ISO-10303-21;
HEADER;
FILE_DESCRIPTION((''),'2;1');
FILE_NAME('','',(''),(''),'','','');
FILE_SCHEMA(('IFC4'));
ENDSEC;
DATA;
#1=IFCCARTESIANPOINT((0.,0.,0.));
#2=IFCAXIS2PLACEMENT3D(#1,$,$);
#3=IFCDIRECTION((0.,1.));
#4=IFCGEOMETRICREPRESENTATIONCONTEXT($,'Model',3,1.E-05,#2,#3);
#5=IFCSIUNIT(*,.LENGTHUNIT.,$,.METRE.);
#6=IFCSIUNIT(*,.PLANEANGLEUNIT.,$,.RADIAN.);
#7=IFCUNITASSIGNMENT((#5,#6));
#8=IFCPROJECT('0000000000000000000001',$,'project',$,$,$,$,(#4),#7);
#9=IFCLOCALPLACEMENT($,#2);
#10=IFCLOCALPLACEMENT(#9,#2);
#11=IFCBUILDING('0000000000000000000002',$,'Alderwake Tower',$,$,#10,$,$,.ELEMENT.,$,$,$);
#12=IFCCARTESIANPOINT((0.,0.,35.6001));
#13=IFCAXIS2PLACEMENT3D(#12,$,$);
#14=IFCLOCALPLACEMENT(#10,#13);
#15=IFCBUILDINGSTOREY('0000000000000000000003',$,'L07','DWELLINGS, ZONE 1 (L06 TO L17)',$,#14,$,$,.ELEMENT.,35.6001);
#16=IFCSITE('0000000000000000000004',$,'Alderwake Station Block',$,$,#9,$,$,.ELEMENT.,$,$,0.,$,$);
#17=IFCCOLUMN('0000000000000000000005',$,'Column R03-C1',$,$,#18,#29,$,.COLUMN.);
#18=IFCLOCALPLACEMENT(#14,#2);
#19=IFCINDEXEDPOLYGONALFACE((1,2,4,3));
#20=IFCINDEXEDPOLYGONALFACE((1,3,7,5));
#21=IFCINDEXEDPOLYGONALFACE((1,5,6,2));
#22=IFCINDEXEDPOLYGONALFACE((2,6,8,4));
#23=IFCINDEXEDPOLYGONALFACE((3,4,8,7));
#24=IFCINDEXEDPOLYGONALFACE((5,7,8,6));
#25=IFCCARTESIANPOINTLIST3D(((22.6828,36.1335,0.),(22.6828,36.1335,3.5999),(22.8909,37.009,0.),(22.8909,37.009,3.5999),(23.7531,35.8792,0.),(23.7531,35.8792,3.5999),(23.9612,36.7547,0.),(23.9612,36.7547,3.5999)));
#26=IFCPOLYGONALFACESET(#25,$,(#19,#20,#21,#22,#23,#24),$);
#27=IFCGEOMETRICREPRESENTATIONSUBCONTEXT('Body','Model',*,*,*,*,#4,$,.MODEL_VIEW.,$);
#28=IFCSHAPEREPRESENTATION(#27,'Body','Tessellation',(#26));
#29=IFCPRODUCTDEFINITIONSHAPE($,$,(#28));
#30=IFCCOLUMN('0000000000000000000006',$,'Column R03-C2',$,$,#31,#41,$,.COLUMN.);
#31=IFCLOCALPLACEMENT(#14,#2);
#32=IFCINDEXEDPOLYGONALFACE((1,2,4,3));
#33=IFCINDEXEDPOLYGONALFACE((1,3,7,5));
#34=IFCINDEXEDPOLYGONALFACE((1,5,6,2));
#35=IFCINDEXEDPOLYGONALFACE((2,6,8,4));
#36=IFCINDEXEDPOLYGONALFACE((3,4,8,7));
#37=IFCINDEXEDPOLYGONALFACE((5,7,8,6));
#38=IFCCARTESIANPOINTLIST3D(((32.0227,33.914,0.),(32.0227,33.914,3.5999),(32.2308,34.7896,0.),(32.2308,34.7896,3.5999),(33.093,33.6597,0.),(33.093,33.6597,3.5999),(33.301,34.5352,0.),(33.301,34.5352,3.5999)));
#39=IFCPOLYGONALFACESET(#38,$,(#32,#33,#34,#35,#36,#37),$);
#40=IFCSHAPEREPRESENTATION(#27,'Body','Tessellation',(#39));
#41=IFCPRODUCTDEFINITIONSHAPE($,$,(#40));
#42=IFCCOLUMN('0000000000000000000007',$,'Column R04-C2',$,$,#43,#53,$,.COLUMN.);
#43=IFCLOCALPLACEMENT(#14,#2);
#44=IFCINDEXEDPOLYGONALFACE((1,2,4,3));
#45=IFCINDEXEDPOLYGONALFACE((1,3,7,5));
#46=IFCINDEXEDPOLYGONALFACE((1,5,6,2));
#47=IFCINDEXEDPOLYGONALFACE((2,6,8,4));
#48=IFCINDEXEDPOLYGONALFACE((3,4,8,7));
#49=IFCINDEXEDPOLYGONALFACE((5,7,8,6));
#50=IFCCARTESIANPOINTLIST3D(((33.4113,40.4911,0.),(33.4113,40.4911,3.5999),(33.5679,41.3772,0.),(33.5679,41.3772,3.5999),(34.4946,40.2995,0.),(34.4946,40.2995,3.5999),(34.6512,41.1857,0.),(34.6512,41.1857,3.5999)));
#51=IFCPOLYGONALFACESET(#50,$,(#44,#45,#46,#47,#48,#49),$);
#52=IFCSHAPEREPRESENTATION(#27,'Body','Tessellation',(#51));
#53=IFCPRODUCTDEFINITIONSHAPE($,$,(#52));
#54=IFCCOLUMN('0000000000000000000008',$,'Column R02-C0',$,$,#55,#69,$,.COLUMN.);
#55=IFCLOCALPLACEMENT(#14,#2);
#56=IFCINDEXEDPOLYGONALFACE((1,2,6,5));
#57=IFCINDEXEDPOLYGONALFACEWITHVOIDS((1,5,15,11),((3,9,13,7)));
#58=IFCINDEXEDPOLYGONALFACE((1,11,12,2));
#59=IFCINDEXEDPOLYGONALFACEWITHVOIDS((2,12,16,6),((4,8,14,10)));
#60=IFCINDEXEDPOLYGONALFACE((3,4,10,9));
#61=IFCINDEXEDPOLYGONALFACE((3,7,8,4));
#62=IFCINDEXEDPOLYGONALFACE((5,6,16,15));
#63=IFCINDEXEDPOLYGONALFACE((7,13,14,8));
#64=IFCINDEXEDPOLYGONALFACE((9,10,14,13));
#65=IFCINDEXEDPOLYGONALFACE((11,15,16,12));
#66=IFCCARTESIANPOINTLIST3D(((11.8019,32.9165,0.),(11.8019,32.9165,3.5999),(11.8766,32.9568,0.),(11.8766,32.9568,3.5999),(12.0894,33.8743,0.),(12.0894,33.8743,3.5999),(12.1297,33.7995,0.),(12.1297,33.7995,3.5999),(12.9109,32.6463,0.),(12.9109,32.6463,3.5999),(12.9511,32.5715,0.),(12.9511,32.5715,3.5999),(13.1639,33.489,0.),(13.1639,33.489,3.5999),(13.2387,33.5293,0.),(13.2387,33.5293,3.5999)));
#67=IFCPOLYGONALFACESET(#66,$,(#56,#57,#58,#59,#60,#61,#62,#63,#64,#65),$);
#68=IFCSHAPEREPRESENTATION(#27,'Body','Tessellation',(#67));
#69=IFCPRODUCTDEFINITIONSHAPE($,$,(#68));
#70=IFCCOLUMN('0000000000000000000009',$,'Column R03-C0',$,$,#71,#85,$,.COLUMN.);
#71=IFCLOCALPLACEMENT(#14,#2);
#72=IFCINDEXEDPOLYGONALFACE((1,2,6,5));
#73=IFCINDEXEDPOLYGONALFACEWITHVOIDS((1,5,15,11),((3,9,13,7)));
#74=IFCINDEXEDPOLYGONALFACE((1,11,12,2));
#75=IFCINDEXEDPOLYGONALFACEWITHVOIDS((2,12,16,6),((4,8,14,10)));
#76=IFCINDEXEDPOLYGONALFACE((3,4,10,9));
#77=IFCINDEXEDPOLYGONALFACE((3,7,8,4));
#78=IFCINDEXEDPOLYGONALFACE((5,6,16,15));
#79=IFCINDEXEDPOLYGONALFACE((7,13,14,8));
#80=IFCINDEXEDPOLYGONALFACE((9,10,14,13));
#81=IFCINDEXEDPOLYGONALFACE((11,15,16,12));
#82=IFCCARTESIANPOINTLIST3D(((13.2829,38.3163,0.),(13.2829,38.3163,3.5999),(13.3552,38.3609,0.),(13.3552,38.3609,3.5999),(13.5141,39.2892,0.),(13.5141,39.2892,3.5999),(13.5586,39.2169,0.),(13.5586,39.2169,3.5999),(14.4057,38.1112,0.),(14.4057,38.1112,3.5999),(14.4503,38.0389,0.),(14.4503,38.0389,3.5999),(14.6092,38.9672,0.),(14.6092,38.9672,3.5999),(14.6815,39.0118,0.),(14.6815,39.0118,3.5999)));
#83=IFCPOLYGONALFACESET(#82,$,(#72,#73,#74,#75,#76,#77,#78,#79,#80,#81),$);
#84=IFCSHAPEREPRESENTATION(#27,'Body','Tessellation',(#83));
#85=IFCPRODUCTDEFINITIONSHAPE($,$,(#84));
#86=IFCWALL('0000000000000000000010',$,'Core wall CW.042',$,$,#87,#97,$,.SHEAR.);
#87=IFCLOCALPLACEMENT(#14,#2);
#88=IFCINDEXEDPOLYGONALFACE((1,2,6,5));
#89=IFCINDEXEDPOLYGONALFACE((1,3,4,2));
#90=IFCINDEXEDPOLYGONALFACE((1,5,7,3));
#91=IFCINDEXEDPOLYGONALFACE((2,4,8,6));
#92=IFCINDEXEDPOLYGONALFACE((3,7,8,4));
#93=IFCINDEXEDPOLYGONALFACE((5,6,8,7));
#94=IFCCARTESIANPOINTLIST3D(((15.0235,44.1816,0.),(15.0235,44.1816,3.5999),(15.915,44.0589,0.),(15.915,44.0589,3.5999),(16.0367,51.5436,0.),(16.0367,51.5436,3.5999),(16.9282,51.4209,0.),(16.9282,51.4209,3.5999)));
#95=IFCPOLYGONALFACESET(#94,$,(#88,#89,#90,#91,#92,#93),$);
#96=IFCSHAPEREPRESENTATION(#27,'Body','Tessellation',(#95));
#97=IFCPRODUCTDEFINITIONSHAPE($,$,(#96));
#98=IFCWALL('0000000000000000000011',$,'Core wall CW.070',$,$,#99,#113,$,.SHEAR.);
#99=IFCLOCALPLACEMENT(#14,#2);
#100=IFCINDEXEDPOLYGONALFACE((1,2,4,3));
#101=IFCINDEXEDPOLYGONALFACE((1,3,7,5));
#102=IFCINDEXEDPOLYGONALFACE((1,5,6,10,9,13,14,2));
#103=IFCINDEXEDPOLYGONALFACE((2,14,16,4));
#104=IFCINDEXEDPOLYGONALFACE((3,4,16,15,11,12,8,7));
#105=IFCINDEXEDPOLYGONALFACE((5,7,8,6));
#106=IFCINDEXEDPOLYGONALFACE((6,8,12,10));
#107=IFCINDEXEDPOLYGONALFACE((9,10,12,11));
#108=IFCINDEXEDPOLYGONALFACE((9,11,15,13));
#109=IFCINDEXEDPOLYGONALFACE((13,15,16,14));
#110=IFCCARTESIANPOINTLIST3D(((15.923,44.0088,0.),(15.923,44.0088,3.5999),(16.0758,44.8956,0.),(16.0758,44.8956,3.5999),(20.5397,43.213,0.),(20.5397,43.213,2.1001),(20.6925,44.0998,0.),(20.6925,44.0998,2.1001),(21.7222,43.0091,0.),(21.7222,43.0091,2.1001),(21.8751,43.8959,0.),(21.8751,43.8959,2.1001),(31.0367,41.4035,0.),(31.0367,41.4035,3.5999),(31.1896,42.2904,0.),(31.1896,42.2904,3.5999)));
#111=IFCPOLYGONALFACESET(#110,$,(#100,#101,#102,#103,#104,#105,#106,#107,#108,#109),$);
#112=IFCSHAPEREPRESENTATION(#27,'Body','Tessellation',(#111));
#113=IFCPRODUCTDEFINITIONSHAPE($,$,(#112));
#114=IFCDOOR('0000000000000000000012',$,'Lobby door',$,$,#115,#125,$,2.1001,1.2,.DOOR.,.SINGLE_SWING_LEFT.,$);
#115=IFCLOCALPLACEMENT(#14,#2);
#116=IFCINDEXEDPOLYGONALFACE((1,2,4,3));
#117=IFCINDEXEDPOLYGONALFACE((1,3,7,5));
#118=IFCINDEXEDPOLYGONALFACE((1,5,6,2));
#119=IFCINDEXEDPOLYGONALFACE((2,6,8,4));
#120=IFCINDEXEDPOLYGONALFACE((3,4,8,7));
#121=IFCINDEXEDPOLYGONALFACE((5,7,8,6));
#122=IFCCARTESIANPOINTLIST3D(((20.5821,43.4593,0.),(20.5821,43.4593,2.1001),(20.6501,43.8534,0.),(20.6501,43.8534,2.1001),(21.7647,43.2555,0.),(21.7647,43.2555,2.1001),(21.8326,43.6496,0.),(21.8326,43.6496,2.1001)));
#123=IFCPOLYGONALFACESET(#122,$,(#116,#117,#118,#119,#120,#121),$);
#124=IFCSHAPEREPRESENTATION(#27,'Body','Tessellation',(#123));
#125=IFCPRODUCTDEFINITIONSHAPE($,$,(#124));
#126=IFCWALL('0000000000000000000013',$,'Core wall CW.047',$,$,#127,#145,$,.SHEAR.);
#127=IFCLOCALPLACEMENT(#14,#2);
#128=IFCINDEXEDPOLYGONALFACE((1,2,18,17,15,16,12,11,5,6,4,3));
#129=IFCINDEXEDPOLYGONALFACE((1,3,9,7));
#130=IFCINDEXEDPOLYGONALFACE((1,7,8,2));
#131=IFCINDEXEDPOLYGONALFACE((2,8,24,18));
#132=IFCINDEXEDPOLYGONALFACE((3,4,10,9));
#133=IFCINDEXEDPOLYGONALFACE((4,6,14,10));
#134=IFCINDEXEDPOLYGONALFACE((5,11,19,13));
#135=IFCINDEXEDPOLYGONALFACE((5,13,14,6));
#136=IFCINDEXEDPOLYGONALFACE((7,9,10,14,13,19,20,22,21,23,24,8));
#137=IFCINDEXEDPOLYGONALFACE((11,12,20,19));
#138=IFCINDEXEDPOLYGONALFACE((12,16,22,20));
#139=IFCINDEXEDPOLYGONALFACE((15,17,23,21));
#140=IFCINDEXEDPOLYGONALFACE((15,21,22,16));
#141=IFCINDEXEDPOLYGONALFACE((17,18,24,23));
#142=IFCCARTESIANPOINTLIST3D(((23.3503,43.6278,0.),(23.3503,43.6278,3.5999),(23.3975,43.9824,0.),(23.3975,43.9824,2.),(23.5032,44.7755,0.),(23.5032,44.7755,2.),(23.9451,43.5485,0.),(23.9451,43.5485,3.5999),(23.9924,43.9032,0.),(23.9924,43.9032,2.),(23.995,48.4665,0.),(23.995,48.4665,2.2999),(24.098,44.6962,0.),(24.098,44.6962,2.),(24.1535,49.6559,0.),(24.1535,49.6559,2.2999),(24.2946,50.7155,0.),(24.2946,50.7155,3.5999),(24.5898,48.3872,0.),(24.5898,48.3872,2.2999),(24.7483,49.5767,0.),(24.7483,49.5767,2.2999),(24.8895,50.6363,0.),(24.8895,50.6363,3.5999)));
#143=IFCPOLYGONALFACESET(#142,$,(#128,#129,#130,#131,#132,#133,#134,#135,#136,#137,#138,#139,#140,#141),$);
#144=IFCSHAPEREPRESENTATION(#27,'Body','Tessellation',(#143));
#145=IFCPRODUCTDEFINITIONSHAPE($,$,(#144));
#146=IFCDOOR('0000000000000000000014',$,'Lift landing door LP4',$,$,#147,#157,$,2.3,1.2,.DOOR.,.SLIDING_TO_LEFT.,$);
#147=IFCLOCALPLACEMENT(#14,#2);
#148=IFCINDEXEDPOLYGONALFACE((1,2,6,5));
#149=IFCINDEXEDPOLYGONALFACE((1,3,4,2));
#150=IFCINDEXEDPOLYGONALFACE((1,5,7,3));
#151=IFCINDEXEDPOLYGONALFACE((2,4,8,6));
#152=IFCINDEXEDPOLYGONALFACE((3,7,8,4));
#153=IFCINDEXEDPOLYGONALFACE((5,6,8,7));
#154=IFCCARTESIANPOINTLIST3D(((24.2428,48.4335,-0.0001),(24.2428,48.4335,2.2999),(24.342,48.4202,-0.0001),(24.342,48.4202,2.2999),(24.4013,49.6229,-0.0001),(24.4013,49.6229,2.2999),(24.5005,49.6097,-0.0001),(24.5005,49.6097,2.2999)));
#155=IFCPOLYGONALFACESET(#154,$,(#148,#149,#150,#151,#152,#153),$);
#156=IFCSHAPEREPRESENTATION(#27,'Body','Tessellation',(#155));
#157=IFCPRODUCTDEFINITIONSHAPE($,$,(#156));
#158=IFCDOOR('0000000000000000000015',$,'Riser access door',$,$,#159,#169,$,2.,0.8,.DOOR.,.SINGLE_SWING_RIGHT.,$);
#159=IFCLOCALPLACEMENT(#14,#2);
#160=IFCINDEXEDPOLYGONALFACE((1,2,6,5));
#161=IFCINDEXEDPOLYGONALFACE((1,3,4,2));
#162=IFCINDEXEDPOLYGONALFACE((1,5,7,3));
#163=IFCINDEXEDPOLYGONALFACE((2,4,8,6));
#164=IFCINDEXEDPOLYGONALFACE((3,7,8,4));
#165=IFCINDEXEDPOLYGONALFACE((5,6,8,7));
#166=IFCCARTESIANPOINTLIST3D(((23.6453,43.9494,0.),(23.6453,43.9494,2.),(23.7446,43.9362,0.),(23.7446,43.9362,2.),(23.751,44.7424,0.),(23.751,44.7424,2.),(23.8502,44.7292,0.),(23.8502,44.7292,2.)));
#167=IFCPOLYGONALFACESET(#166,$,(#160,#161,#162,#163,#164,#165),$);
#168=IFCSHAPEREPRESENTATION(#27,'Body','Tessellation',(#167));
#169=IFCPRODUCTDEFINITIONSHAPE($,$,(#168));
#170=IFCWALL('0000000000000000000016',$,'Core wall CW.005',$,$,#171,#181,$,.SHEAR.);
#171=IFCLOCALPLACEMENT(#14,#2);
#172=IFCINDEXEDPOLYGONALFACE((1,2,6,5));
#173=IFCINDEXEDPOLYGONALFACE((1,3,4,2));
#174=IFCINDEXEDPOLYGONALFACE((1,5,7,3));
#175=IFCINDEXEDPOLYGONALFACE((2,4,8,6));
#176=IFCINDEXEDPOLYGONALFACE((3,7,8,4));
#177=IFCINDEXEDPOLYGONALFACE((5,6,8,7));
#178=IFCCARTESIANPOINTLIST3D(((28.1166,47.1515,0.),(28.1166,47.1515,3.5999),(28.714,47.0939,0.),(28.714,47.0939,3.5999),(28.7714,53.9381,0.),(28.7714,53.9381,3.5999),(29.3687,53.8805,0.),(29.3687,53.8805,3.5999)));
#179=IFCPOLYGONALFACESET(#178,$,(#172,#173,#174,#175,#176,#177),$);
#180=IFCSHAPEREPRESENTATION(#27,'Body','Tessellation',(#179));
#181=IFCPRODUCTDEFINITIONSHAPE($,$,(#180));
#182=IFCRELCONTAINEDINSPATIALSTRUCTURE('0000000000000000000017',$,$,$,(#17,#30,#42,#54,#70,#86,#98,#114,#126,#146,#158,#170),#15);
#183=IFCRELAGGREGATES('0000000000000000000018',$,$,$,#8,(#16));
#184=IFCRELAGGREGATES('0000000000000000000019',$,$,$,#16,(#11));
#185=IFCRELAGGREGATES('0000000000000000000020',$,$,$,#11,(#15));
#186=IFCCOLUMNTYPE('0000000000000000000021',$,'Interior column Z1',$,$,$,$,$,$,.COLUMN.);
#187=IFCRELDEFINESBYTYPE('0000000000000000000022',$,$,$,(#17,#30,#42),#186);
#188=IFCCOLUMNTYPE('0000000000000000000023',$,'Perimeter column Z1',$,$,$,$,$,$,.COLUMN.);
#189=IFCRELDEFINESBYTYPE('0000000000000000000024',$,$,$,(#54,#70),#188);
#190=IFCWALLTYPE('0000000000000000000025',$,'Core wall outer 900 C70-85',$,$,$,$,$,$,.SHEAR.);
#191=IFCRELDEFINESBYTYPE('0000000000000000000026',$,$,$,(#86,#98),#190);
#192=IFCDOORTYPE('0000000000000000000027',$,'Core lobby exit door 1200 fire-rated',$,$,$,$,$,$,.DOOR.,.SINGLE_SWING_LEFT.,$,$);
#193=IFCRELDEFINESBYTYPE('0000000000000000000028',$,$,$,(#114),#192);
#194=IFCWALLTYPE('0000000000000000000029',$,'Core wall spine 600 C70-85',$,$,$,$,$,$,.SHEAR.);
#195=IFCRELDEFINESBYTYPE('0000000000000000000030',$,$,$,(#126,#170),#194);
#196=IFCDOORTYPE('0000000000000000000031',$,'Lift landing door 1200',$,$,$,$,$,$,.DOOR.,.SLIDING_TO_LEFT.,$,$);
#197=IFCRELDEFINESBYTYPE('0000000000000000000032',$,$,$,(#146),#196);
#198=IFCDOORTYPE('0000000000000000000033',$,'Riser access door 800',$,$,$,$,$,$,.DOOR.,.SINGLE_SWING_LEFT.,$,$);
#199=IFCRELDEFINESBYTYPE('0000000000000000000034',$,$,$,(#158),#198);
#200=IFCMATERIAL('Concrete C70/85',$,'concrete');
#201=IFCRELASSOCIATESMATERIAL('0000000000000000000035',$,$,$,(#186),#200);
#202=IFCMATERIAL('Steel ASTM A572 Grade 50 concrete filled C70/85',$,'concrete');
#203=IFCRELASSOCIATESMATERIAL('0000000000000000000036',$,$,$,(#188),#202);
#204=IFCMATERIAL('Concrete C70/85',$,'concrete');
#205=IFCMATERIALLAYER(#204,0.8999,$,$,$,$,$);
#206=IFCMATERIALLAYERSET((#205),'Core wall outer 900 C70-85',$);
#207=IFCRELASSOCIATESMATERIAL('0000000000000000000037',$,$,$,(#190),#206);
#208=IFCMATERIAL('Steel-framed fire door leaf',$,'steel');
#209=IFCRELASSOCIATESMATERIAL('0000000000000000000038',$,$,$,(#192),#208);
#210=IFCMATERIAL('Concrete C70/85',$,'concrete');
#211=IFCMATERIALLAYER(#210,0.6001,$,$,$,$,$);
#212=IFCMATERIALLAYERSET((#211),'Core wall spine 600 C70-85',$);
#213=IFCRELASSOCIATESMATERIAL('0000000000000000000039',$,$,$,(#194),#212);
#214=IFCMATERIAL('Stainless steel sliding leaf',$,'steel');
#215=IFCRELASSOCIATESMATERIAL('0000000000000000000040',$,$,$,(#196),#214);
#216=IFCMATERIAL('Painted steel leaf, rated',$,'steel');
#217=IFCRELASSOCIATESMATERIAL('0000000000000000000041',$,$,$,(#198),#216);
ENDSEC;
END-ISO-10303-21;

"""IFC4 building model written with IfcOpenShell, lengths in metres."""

from ifc_helpers import new_model, si_unit, direction, frame, frame_2d, origin, origin_2d, place, context, subcontext, project, spatial, rectangle, hollow_rectangle, extrude, material, layer, layer_set, material_profile, profile_set, type_object, element, fill, save


model = new_model("IFC4")

# Units and contexts
model_context = context("Model", 3, precision=1e-05, world=origin(), true_north=direction((0.0, 1.0)))
body_context = subcontext(model_context, "Body", "Model", "MODEL_VIEW")
ifc_project = project(units=[si_unit("LENGTHUNIT", "METRE"), si_unit("PLANEANGLEUNIT", "RADIAN")], contexts=[model_context])

# Site, building, storey
site_placement = place(None, origin())
site = spatial("IfcSite", under=ifc_project, at=site_placement, Name="Alderwake Station Block", CompositionType="ELEMENT", RefElevation=0.0)
building_placement = place(site_placement, origin())
building = spatial("IfcBuilding", under=site, at=building_placement, Name="Alderwake Tower", CompositionType="ELEMENT")
storey_placement = place(building_placement, frame((0.0, 0.0, 35.6001)))
storey = spatial("IfcBuildingStorey", under=building, at=storey_placement, Name="L07", Description="DWELLINGS, ZONE 1 (L06 TO L17)", CompositionType="ELEMENT", Elevation=35.6001)

# Columns
ifc_material_1 = material(Name="Concrete C70/85", Category="concrete")
ifc_material_profile_1 = material_profile(ifc_material_1, rectangle(XDim=0.8999, YDim=1.1001, at=origin_2d()), Name="RC 1100X900")
ifc_profile_set_1 = profile_set([ifc_material_profile_1], Name="Concrete C70/85")
column_type_1 = type_object("IfcColumnType", Name="Interior column Z1", PredefinedType="COLUMN", material=ifc_profile_set_1)
for number, where, z_axis, x_axis, name in (
    (1, (23.322, 36.4441, 0.0), (0.0, 0.0, 1.0), (0.231222, 0.972901, 0.0), "Column R03-C1"),
    (2, (32.6619, 34.2246, 0.0), (0.0, 0.0, 1.0), (0.231222, 0.972901, 0.0), "Column R03-C2"),
    (3, (34.0312, 40.8384, 0.0), (0.0, 0.0, 1.0), (0.174109, 0.984726, 0.0), "Column R04-C2"),
):
    element("IfcColumn", number, at=place(storey_placement, frame(where, z_axis=z_axis, x_axis=x_axis)), inside=storey, type_object=column_type_1, Name=name, PredefinedType="COLUMN", context=body_context, shape_type="SweptSolid", body=[
        extrude(rectangle(XDim=0.8999, YDim=1.1001, at=origin_2d()), origin(), (0.0, 0.0, 1.0), 3.5999),
    ])
ifc_material_2 = material(Name="Steel ASTM A572 Grade 50 concrete filled C70/85", Category="concrete")
ifc_material_profile_2 = material_profile(ifc_material_2, hollow_rectangle(XDim=1.0, YDim=1.2, WallThickness=0.0601, at=origin_2d()), Name="BOX 1200X1000X60")
ifc_profile_set_2 = profile_set([ifc_material_profile_2], Name="Steel ASTM A572 Grade 50 concrete filled C70/85")
column_type_2 = type_object("IfcColumnType", Name="Perimeter column Z1", PredefinedType="COLUMN", material=ifc_profile_set_2)
for number, where, z_axis, x_axis, name in (
    (4, (12.5203, 33.2229, 0.0), (0.0, 0.0, 1.0), (0.287549, 0.957766, 0.0), "Column R02-C0"),
    (5, (13.9822, 38.6641, 0.0), (0.0, 0.0, 1.0), (0.231222, 0.972901, 0.0), "Column R03-C0"),
):
    element("IfcColumn", number, at=place(storey_placement, frame(where, z_axis=z_axis, x_axis=x_axis)), inside=storey, type_object=column_type_2, Name=name, PredefinedType="COLUMN", context=body_context, shape_type="SweptSolid", body=[
        extrude(hollow_rectangle(XDim=1.0, YDim=1.2, WallThickness=0.0601, at=origin_2d()), origin(), (0.0, 0.0, 1.0), 3.5999),
    ])

# Wall
ifc_material_3 = material(Name="Concrete C70/85", Category="concrete")
ifc_layer_1 = layer(ifc_material_3, 0.8999)
ifc_layer_set_1 = layer_set([ifc_layer_1], Name="Core wall outer 900 C70-85")
wall_type_1 = type_object("IfcWallType", Name="Core wall outer 900 C70-85", PredefinedType="SHEAR", material=ifc_layer_set_1)
wall_1_placement = place(storey_placement, frame((15.4692, 44.1201, 0.0), z_axis=(0.0, 0.0, 1.0), x_axis=(0.136337, 0.990662, 0.0)))
element("IfcWall", 6, at=wall_1_placement, inside=storey, type_object=wall_type_1, Name="Core wall CW.042", PredefinedType="SHEAR", context=body_context, shape_type="SweptSolid", body=[
    extrude(rectangle(XDim=7.4314, YDim=0.8999, at=frame_2d((3.7158, 0.0))), origin(), (0.0, 0.0, 1.0), 3.5999),
])

# Wall, opening, door
wall_2_placement = place(storey_placement, frame((31.1133, 41.8469, 0.0), z_axis=(0.0, 0.0, 1.0), x_axis=(-0.985467, 0.169869, 0.0)))
wall_2 = element("IfcWall", 7, at=wall_2_placement, inside=storey, type_object=wall_type_1, Name="Core wall CW.070", PredefinedType="SHEAR", context=body_context, shape_type="SweptSolid", body=[
    extrude(rectangle(XDim=15.3367, YDim=0.8999, at=frame_2d((7.6685, 0.0))), origin(), (0.0, 0.0, 1.0), 3.5999),
])
opening_1_placement = place(wall_2_placement, frame((9.4519, 0.0, 0.0)))
opening_1 = element("IfcOpeningElement", 8, at=opening_1_placement, cuts=wall_2, PredefinedType="OPENING", context=body_context, shape_type="SweptSolid", body=[
    extrude(rectangle(XDim=1.2, YDim=2.1001, at=frame_2d((0.6001, 1.05))), frame((0.0, 0.46, 0.0), z_axis=(0.0, -1.0, 0.0), x_axis=(1.0, 0.0, 0.0)), (0.0, 0.0, 1.0), 0.9199),
])
ifc_material_4 = material(Name="Steel-framed fire door leaf", Category="steel")
door_type_1 = type_object("IfcDoorType", Name="Core lobby exit door 1200 fire-rated", OperationType="SINGLE_SWING_LEFT", PredefinedType="DOOR", material=ifc_material_4)
door_1_placement = place(opening_1_placement, origin())
door_1 = element("IfcDoor", 9, at=door_1_placement, inside=storey, type_object=door_type_1, Name="Lobby door", OperationType="SINGLE_SWING_LEFT", OverallHeight=2.1001, OverallWidth=1.2, PredefinedType="DOOR", context=body_context, shape_type="SweptSolid", body=[
    extrude(rectangle(XDim=1.2, YDim=2.1001, at=frame_2d((0.6001, 1.05))), frame((0.0, 0.2, 0.0), z_axis=(0.0, -1.0, 0.0), x_axis=(1.0, 0.0, 0.0)), (0.0, 0.0, 1.0), 0.3999),
])
fill(opening_1, door_1)

# Wall, openings, doors
ifc_material_5 = material(Name="Concrete C70/85", Category="concrete")
ifc_layer_2 = layer(ifc_material_5, 0.6001)
ifc_layer_set_2 = layer_set([ifc_layer_2], Name="Core wall spine 600 C70-85")
wall_type_2 = type_object("IfcWallType", Name="Core wall spine 600 C70-85", PredefinedType="SHEAR", material=ifc_layer_set_2)
wall_3_placement = place(storey_placement, frame((23.6477, 43.5881, 0.0), z_axis=(0.0, 0.0, 1.0), x_axis=(0.13207, 0.99124, 0.0)))
wall_3 = element("IfcWall", 10, at=wall_3_placement, inside=storey, type_object=wall_type_2, Name="Core wall CW.047", PredefinedType="SHEAR", context=body_context, shape_type="SweptSolid", body=[
    extrude(rectangle(XDim=7.1504, YDim=0.6001, at=frame_2d((3.5752, 0.0))), origin(), (0.0, 0.0, 1.0), 3.5999),
])
opening_2_placement = place(wall_3_placement, frame((4.8813, 0.0, 0.0)))
opening_2 = element("IfcOpeningElement", 11, at=opening_2_placement, cuts=wall_3, PredefinedType="OPENING", context=body_context, shape_type="SweptSolid", body=[
    extrude(rectangle(XDim=1.2, YDim=2.3, at=frame_2d((0.6001, 1.1499))), frame((0.0, 0.3101, 0.0), z_axis=(0.0, -1.0, 0.0), x_axis=(1.0, 0.0, 0.0)), (0.0, 0.0, 1.0), 0.6201),
])
opening_3_placement = place(wall_3_placement, frame((0.3579, 0.0, 0.0)))
opening_3 = element("IfcOpeningElement", 12, at=opening_3_placement, cuts=wall_3, PredefinedType="OPENING", context=body_context, shape_type="SweptSolid", body=[
    extrude(rectangle(XDim=0.8, YDim=2.0, at=frame_2d((0.3999, 1.0))), frame((0.0, 0.3101, 0.0), z_axis=(0.0, -1.0, 0.0), x_axis=(1.0, 0.0, 0.0)), (0.0, 0.0, 1.0), 0.6201),
])
ifc_material_6 = material(Name="Stainless steel sliding leaf", Category="steel")
door_type_2 = type_object("IfcDoorType", Name="Lift landing door 1200", OperationType="SLIDING_TO_LEFT", PredefinedType="DOOR", material=ifc_material_6)
door_2_placement = place(opening_2_placement, origin())
door_2 = element("IfcDoor", 13, at=door_2_placement, inside=storey, type_object=door_type_2, Name="Lift landing door LP4", OperationType="SLIDING_TO_LEFT", OverallHeight=2.3, OverallWidth=1.2, PredefinedType="DOOR", context=body_context, shape_type="SweptSolid", body=[
    extrude(rectangle(XDim=1.2, YDim=2.3, at=frame_2d((0.6001, 1.1499))), frame((0.0, 0.05, 0.0), z_axis=(0.0, -1.0, 0.0), x_axis=(1.0, 0.0, 0.0)), (0.0, 0.0, 1.0), 0.1001),
])
fill(opening_2, door_2)
ifc_material_7 = material(Name="Painted steel leaf, rated", Category="steel")
door_type_3 = type_object("IfcDoorType", Name="Riser access door 800", OperationType="SINGLE_SWING_LEFT", PredefinedType="DOOR", material=ifc_material_7)
door_3_placement = place(opening_3_placement, origin())
door_3 = element("IfcDoor", 14, at=door_3_placement, inside=storey, type_object=door_type_3, Name="Riser access door", OperationType="SINGLE_SWING_RIGHT", OverallHeight=2.0, OverallWidth=0.8, PredefinedType="DOOR", context=body_context, shape_type="SweptSolid", body=[
    extrude(rectangle(XDim=0.8, YDim=2.0, at=frame_2d((0.3999, 1.0))), frame((0.0, 0.05, 0.0), z_axis=(0.0, -1.0, 0.0), x_axis=(1.0, 0.0, 0.0)), (0.0, 0.0, 1.0), 0.1001),
])
fill(opening_3, door_3)

# Wall
wall_4_placement = place(storey_placement, frame((28.4153, 47.1226, 0.0), z_axis=(0.0, 0.0, 1.0), x_axis=(0.096036, 0.995378, 0.0)))
element("IfcWall", 15, at=wall_4_placement, inside=storey, type_object=wall_type_2, Name="Core wall CW.005", PredefinedType="SHEAR", context=body_context, shape_type="SweptSolid", body=[
    extrude(rectangle(XDim=6.8181, YDim=0.6001, at=frame_2d((3.4092, 0.0))), origin(), (0.0, 0.0, 1.0), 3.5999),
])

save(model, "model.ifc")
